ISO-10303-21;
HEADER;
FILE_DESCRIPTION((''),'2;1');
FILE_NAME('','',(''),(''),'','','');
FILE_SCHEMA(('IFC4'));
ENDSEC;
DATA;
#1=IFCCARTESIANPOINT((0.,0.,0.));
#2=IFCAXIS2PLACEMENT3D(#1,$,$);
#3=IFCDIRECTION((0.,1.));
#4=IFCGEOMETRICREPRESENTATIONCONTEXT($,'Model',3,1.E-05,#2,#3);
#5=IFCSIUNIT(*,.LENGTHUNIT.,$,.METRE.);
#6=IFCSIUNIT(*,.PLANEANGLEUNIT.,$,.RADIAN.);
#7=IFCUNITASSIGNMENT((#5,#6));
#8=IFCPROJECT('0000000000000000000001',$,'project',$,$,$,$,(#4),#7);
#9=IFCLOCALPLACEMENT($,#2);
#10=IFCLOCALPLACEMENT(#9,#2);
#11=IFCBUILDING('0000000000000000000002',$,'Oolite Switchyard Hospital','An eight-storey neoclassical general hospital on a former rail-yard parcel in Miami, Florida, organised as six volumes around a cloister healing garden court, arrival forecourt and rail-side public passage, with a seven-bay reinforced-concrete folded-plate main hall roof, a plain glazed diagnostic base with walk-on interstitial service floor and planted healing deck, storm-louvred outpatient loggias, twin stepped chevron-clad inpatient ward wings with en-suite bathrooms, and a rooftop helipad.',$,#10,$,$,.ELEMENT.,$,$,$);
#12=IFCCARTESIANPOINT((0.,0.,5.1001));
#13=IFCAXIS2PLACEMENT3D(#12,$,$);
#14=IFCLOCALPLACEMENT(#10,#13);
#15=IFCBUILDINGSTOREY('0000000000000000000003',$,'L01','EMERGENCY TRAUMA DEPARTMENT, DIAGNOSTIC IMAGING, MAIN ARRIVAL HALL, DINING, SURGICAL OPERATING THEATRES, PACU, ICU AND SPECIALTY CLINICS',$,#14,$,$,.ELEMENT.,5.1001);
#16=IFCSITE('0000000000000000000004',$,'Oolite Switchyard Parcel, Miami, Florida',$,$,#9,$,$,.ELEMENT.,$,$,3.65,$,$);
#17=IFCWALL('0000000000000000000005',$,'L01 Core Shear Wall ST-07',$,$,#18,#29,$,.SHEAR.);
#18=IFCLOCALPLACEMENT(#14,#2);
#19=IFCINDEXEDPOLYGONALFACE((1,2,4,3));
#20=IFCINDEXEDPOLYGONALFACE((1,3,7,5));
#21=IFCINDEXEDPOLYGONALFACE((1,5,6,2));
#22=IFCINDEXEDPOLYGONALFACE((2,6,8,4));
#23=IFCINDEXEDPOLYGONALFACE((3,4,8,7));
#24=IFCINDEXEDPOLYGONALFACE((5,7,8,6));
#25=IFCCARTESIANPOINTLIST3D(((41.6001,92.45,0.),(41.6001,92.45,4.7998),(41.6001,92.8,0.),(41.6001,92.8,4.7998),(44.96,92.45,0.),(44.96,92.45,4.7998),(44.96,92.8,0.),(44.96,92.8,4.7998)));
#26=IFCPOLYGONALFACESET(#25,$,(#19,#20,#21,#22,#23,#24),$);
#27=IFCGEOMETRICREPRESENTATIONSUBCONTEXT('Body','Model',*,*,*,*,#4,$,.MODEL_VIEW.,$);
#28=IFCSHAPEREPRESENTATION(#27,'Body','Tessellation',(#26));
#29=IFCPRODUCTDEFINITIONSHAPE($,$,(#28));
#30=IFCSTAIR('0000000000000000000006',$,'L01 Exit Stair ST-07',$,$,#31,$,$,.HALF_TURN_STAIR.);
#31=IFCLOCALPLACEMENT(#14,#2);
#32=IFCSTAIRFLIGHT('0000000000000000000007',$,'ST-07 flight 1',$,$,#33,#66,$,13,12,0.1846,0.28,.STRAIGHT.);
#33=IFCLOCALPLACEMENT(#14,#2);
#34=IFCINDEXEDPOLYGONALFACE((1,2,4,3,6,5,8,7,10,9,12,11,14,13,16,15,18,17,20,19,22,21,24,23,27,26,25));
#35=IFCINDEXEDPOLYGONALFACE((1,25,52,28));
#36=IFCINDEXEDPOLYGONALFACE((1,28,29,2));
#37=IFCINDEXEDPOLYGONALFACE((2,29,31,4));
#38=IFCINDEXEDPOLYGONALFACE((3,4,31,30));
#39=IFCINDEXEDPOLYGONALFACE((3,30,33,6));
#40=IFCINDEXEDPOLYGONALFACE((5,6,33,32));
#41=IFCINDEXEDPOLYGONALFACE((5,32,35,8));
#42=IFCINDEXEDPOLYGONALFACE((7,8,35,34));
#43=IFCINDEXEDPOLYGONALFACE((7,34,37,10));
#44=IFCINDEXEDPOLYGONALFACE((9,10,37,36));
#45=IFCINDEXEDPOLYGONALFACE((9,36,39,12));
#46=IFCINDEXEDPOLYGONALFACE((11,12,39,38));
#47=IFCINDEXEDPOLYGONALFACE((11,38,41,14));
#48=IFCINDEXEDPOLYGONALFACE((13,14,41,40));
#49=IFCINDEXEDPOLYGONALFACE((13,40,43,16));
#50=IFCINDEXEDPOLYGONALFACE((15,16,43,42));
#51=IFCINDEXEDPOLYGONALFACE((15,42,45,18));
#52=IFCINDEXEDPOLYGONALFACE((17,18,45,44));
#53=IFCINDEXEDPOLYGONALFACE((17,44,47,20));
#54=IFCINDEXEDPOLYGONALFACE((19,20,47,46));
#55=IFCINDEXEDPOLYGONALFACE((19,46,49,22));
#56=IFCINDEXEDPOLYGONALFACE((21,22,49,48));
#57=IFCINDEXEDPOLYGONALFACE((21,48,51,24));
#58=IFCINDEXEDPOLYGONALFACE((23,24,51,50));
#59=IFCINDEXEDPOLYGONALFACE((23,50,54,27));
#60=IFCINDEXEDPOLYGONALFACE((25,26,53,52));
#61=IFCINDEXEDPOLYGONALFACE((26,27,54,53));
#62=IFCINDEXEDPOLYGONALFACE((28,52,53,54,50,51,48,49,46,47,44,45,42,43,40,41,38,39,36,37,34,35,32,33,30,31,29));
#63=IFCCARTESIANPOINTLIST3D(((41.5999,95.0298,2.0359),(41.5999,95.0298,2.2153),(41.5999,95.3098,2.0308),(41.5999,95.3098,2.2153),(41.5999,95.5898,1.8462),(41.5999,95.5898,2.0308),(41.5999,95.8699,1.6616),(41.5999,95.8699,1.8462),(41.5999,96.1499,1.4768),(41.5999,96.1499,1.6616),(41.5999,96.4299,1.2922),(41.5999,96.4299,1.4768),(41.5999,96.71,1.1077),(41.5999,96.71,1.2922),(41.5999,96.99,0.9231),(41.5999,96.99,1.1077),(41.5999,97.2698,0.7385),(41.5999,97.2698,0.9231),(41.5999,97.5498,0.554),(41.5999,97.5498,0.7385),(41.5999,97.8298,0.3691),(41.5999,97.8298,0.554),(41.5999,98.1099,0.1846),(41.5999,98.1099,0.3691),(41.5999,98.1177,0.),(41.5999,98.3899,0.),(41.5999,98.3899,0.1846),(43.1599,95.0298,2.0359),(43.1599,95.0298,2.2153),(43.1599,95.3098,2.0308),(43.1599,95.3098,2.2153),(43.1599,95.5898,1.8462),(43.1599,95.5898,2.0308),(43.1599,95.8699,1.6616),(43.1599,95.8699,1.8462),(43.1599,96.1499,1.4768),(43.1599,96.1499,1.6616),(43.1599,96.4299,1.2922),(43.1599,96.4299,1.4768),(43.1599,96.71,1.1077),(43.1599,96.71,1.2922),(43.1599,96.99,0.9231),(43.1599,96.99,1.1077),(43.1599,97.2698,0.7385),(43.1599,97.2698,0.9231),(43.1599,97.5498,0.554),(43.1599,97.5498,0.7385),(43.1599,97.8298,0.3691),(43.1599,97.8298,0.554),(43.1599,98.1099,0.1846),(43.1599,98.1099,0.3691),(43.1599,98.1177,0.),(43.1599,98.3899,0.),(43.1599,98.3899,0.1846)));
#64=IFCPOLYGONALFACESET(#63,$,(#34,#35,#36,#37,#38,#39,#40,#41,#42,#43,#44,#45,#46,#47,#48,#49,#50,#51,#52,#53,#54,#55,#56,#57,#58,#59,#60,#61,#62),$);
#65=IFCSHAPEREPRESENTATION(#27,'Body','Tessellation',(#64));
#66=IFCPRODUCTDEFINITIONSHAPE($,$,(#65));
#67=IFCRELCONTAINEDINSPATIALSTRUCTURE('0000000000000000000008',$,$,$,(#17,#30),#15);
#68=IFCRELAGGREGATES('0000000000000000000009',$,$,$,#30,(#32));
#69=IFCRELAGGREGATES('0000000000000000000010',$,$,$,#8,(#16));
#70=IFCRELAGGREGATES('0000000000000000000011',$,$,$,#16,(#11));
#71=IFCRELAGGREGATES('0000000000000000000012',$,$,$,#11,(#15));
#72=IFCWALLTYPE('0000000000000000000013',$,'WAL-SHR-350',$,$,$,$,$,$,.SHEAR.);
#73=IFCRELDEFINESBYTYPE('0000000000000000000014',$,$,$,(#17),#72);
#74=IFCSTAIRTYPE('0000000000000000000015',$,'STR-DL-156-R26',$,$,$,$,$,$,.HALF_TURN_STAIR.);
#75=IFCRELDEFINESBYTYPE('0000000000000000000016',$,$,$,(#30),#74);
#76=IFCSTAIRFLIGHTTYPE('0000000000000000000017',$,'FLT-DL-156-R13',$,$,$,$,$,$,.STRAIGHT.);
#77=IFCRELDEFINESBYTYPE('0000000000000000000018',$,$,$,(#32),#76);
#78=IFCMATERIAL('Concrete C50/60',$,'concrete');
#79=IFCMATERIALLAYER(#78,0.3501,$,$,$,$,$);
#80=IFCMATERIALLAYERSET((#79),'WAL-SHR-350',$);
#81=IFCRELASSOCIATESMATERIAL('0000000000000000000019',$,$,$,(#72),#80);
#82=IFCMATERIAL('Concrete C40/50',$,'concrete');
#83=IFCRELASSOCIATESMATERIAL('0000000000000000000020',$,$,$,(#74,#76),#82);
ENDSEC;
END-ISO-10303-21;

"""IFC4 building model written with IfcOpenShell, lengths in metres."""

from ifc_helpers import new_model, si_unit, direction, frame, frame_2d, origin, place, context, subcontext, project, spatial, polyline, rectangle, outline, extrude, material, layer, layer_set, type_object, element, aggregate, save


model = new_model("IFC4")

# Units and contexts
model_context = context("Model", 3, precision=1e-05, world=origin(), true_north=direction((0.0, 1.0)))
body_context = subcontext(model_context, "Body", "Model", "MODEL_VIEW")
ifc_project = project(units=[si_unit("LENGTHUNIT", "METRE"), si_unit("PLANEANGLEUNIT", "RADIAN")], contexts=[model_context])

# Site, building, storey
site_placement = place(None, origin())
site = spatial("IfcSite", under=ifc_project, at=site_placement, Name="Oolite Switchyard Parcel, Miami, Florida", CompositionType="ELEMENT", RefElevation=3.65)
building_placement = place(site_placement, origin())
building = spatial("IfcBuilding", under=site, at=building_placement, Name="Oolite Switchyard Hospital", Description="An eight-storey neoclassical general hospital on a former rail-yard parcel in Miami, Florida, organised as six volumes around a cloister healing garden court, arrival forecourt and rail-side public passage, with a seven-bay reinforced-concrete folded-plate main hall roof, a plain glazed diagnostic base with walk-on interstitial service floor and planted healing deck, storm-louvred outpatient loggias, twin stepped chevron-clad inpatient ward wings with en-suite bathrooms, and a rooftop helipad.", CompositionType="ELEMENT")
storey_placement = place(building_placement, frame((0.0, 0.0, 5.1001)))
storey = spatial("IfcBuildingStorey", under=building, at=storey_placement, Name="L01", Description="EMERGENCY TRAUMA DEPARTMENT, DIAGNOSTIC IMAGING, MAIN ARRIVAL HALL, DINING, SURGICAL OPERATING THEATRES, PACU, ICU AND SPECIALTY CLINICS", CompositionType="ELEMENT", Elevation=5.1001)

# Shared definitions
ifc_material_1 = material(Name="Concrete C50/60", Category="concrete")

# Shared definitions
ifc_material_2 = material(Name="Concrete C40/50", Category="concrete")

# Wall
ifc_layer_1 = layer(ifc_material_1, 0.3501)
ifc_layer_set_1 = layer_set([ifc_layer_1], Name="WAL-SHR-350")
wall_type_1 = type_object("IfcWallType", Name="WAL-SHR-350", PredefinedType="SHEAR", material=ifc_layer_set_1)
wall_1_placement = place(storey_placement, frame((41.6001, 92.625, 0.0), z_axis=(0.0, 0.0, 1.0), x_axis=(1.0, 0.0, 0.0)))
element("IfcWall", 1, at=wall_1_placement, inside=storey, type_object=wall_type_1, Name="L01 Core Shear Wall ST-07", PredefinedType="SHEAR", context=body_context, shape_type="SweptSolid", body=[
    extrude(rectangle(XDim=3.3599, YDim=0.3501, at=frame_2d((1.6799, 0.0))), origin(), (0.0, 0.0, 1.0), 4.7998),
])

# Stair, stair flight
stair_type = type_object("IfcStairType", Name="STR-DL-156-R26", PredefinedType="HALF_TURN_STAIR", material=ifc_material_2)
stair_placement = place(storey_placement, origin())
stair = element("IfcStair", 2, at=stair_placement, inside=storey, type_object=stair_type, Name="L01 Exit Stair ST-07", PredefinedType="HALF_TURN_STAIR")
stair_flight_type = type_object("IfcStairFlightType", Name="FLT-DL-156-R13", PredefinedType="STRAIGHT", material=ifc_material_2)
stair_flight_placement = place(storey_placement, frame((42.3799, 98.3899, 0.0), z_axis=(0.0, 0.0, 1.0), x_axis=(0.0, -1.0, 0.0)))
stair_flight = element("IfcStairFlight", 3, at=stair_flight_placement, type_object=stair_flight_type, Name="ST-07 flight 1", NumberOfRisers=13, NumberOfTreads=12, PredefinedType="STRAIGHT", RiserHeight=0.1846, TreadLength=0.28, context=body_context, shape_type="SweptSolid", body=[
    extrude(outline(polyline([(0.0, 0.0), (0.0, 0.1846), (0.28, 0.1846), (0.28, 0.3691), (0.5601, 0.3691), (0.5601, 0.554), (0.8401, 0.554), (0.8401, 0.7385), (1.1201, 0.7385), (1.1201, 0.9231), (1.3999, 0.9231), (1.3999, 1.1077), (1.6799, 1.1077), (1.6799, 1.2922), (1.96, 1.2922), (1.96, 1.4768), (2.24, 1.4768), (2.24, 1.6616), (2.52, 1.6616), (2.52, 1.8462), (2.8, 1.8462), (2.8, 2.0308), (3.0801, 2.0308), (3.0801, 2.2153), (3.3601, 2.2153), (3.3601, 2.3999), (3.3601, 2.0359), (0.2722, 0.0), (0.0, 0.0)])), frame((0.0, 0.78, 0.0), z_axis=(0.0, -1.0, 0.0), x_axis=(1.0, 0.0, 0.0)), (0.0, 0.0, 1.0), 1.5601),
])
aggregate(stair, [stair_flight])

save(model, "model.ifc")
